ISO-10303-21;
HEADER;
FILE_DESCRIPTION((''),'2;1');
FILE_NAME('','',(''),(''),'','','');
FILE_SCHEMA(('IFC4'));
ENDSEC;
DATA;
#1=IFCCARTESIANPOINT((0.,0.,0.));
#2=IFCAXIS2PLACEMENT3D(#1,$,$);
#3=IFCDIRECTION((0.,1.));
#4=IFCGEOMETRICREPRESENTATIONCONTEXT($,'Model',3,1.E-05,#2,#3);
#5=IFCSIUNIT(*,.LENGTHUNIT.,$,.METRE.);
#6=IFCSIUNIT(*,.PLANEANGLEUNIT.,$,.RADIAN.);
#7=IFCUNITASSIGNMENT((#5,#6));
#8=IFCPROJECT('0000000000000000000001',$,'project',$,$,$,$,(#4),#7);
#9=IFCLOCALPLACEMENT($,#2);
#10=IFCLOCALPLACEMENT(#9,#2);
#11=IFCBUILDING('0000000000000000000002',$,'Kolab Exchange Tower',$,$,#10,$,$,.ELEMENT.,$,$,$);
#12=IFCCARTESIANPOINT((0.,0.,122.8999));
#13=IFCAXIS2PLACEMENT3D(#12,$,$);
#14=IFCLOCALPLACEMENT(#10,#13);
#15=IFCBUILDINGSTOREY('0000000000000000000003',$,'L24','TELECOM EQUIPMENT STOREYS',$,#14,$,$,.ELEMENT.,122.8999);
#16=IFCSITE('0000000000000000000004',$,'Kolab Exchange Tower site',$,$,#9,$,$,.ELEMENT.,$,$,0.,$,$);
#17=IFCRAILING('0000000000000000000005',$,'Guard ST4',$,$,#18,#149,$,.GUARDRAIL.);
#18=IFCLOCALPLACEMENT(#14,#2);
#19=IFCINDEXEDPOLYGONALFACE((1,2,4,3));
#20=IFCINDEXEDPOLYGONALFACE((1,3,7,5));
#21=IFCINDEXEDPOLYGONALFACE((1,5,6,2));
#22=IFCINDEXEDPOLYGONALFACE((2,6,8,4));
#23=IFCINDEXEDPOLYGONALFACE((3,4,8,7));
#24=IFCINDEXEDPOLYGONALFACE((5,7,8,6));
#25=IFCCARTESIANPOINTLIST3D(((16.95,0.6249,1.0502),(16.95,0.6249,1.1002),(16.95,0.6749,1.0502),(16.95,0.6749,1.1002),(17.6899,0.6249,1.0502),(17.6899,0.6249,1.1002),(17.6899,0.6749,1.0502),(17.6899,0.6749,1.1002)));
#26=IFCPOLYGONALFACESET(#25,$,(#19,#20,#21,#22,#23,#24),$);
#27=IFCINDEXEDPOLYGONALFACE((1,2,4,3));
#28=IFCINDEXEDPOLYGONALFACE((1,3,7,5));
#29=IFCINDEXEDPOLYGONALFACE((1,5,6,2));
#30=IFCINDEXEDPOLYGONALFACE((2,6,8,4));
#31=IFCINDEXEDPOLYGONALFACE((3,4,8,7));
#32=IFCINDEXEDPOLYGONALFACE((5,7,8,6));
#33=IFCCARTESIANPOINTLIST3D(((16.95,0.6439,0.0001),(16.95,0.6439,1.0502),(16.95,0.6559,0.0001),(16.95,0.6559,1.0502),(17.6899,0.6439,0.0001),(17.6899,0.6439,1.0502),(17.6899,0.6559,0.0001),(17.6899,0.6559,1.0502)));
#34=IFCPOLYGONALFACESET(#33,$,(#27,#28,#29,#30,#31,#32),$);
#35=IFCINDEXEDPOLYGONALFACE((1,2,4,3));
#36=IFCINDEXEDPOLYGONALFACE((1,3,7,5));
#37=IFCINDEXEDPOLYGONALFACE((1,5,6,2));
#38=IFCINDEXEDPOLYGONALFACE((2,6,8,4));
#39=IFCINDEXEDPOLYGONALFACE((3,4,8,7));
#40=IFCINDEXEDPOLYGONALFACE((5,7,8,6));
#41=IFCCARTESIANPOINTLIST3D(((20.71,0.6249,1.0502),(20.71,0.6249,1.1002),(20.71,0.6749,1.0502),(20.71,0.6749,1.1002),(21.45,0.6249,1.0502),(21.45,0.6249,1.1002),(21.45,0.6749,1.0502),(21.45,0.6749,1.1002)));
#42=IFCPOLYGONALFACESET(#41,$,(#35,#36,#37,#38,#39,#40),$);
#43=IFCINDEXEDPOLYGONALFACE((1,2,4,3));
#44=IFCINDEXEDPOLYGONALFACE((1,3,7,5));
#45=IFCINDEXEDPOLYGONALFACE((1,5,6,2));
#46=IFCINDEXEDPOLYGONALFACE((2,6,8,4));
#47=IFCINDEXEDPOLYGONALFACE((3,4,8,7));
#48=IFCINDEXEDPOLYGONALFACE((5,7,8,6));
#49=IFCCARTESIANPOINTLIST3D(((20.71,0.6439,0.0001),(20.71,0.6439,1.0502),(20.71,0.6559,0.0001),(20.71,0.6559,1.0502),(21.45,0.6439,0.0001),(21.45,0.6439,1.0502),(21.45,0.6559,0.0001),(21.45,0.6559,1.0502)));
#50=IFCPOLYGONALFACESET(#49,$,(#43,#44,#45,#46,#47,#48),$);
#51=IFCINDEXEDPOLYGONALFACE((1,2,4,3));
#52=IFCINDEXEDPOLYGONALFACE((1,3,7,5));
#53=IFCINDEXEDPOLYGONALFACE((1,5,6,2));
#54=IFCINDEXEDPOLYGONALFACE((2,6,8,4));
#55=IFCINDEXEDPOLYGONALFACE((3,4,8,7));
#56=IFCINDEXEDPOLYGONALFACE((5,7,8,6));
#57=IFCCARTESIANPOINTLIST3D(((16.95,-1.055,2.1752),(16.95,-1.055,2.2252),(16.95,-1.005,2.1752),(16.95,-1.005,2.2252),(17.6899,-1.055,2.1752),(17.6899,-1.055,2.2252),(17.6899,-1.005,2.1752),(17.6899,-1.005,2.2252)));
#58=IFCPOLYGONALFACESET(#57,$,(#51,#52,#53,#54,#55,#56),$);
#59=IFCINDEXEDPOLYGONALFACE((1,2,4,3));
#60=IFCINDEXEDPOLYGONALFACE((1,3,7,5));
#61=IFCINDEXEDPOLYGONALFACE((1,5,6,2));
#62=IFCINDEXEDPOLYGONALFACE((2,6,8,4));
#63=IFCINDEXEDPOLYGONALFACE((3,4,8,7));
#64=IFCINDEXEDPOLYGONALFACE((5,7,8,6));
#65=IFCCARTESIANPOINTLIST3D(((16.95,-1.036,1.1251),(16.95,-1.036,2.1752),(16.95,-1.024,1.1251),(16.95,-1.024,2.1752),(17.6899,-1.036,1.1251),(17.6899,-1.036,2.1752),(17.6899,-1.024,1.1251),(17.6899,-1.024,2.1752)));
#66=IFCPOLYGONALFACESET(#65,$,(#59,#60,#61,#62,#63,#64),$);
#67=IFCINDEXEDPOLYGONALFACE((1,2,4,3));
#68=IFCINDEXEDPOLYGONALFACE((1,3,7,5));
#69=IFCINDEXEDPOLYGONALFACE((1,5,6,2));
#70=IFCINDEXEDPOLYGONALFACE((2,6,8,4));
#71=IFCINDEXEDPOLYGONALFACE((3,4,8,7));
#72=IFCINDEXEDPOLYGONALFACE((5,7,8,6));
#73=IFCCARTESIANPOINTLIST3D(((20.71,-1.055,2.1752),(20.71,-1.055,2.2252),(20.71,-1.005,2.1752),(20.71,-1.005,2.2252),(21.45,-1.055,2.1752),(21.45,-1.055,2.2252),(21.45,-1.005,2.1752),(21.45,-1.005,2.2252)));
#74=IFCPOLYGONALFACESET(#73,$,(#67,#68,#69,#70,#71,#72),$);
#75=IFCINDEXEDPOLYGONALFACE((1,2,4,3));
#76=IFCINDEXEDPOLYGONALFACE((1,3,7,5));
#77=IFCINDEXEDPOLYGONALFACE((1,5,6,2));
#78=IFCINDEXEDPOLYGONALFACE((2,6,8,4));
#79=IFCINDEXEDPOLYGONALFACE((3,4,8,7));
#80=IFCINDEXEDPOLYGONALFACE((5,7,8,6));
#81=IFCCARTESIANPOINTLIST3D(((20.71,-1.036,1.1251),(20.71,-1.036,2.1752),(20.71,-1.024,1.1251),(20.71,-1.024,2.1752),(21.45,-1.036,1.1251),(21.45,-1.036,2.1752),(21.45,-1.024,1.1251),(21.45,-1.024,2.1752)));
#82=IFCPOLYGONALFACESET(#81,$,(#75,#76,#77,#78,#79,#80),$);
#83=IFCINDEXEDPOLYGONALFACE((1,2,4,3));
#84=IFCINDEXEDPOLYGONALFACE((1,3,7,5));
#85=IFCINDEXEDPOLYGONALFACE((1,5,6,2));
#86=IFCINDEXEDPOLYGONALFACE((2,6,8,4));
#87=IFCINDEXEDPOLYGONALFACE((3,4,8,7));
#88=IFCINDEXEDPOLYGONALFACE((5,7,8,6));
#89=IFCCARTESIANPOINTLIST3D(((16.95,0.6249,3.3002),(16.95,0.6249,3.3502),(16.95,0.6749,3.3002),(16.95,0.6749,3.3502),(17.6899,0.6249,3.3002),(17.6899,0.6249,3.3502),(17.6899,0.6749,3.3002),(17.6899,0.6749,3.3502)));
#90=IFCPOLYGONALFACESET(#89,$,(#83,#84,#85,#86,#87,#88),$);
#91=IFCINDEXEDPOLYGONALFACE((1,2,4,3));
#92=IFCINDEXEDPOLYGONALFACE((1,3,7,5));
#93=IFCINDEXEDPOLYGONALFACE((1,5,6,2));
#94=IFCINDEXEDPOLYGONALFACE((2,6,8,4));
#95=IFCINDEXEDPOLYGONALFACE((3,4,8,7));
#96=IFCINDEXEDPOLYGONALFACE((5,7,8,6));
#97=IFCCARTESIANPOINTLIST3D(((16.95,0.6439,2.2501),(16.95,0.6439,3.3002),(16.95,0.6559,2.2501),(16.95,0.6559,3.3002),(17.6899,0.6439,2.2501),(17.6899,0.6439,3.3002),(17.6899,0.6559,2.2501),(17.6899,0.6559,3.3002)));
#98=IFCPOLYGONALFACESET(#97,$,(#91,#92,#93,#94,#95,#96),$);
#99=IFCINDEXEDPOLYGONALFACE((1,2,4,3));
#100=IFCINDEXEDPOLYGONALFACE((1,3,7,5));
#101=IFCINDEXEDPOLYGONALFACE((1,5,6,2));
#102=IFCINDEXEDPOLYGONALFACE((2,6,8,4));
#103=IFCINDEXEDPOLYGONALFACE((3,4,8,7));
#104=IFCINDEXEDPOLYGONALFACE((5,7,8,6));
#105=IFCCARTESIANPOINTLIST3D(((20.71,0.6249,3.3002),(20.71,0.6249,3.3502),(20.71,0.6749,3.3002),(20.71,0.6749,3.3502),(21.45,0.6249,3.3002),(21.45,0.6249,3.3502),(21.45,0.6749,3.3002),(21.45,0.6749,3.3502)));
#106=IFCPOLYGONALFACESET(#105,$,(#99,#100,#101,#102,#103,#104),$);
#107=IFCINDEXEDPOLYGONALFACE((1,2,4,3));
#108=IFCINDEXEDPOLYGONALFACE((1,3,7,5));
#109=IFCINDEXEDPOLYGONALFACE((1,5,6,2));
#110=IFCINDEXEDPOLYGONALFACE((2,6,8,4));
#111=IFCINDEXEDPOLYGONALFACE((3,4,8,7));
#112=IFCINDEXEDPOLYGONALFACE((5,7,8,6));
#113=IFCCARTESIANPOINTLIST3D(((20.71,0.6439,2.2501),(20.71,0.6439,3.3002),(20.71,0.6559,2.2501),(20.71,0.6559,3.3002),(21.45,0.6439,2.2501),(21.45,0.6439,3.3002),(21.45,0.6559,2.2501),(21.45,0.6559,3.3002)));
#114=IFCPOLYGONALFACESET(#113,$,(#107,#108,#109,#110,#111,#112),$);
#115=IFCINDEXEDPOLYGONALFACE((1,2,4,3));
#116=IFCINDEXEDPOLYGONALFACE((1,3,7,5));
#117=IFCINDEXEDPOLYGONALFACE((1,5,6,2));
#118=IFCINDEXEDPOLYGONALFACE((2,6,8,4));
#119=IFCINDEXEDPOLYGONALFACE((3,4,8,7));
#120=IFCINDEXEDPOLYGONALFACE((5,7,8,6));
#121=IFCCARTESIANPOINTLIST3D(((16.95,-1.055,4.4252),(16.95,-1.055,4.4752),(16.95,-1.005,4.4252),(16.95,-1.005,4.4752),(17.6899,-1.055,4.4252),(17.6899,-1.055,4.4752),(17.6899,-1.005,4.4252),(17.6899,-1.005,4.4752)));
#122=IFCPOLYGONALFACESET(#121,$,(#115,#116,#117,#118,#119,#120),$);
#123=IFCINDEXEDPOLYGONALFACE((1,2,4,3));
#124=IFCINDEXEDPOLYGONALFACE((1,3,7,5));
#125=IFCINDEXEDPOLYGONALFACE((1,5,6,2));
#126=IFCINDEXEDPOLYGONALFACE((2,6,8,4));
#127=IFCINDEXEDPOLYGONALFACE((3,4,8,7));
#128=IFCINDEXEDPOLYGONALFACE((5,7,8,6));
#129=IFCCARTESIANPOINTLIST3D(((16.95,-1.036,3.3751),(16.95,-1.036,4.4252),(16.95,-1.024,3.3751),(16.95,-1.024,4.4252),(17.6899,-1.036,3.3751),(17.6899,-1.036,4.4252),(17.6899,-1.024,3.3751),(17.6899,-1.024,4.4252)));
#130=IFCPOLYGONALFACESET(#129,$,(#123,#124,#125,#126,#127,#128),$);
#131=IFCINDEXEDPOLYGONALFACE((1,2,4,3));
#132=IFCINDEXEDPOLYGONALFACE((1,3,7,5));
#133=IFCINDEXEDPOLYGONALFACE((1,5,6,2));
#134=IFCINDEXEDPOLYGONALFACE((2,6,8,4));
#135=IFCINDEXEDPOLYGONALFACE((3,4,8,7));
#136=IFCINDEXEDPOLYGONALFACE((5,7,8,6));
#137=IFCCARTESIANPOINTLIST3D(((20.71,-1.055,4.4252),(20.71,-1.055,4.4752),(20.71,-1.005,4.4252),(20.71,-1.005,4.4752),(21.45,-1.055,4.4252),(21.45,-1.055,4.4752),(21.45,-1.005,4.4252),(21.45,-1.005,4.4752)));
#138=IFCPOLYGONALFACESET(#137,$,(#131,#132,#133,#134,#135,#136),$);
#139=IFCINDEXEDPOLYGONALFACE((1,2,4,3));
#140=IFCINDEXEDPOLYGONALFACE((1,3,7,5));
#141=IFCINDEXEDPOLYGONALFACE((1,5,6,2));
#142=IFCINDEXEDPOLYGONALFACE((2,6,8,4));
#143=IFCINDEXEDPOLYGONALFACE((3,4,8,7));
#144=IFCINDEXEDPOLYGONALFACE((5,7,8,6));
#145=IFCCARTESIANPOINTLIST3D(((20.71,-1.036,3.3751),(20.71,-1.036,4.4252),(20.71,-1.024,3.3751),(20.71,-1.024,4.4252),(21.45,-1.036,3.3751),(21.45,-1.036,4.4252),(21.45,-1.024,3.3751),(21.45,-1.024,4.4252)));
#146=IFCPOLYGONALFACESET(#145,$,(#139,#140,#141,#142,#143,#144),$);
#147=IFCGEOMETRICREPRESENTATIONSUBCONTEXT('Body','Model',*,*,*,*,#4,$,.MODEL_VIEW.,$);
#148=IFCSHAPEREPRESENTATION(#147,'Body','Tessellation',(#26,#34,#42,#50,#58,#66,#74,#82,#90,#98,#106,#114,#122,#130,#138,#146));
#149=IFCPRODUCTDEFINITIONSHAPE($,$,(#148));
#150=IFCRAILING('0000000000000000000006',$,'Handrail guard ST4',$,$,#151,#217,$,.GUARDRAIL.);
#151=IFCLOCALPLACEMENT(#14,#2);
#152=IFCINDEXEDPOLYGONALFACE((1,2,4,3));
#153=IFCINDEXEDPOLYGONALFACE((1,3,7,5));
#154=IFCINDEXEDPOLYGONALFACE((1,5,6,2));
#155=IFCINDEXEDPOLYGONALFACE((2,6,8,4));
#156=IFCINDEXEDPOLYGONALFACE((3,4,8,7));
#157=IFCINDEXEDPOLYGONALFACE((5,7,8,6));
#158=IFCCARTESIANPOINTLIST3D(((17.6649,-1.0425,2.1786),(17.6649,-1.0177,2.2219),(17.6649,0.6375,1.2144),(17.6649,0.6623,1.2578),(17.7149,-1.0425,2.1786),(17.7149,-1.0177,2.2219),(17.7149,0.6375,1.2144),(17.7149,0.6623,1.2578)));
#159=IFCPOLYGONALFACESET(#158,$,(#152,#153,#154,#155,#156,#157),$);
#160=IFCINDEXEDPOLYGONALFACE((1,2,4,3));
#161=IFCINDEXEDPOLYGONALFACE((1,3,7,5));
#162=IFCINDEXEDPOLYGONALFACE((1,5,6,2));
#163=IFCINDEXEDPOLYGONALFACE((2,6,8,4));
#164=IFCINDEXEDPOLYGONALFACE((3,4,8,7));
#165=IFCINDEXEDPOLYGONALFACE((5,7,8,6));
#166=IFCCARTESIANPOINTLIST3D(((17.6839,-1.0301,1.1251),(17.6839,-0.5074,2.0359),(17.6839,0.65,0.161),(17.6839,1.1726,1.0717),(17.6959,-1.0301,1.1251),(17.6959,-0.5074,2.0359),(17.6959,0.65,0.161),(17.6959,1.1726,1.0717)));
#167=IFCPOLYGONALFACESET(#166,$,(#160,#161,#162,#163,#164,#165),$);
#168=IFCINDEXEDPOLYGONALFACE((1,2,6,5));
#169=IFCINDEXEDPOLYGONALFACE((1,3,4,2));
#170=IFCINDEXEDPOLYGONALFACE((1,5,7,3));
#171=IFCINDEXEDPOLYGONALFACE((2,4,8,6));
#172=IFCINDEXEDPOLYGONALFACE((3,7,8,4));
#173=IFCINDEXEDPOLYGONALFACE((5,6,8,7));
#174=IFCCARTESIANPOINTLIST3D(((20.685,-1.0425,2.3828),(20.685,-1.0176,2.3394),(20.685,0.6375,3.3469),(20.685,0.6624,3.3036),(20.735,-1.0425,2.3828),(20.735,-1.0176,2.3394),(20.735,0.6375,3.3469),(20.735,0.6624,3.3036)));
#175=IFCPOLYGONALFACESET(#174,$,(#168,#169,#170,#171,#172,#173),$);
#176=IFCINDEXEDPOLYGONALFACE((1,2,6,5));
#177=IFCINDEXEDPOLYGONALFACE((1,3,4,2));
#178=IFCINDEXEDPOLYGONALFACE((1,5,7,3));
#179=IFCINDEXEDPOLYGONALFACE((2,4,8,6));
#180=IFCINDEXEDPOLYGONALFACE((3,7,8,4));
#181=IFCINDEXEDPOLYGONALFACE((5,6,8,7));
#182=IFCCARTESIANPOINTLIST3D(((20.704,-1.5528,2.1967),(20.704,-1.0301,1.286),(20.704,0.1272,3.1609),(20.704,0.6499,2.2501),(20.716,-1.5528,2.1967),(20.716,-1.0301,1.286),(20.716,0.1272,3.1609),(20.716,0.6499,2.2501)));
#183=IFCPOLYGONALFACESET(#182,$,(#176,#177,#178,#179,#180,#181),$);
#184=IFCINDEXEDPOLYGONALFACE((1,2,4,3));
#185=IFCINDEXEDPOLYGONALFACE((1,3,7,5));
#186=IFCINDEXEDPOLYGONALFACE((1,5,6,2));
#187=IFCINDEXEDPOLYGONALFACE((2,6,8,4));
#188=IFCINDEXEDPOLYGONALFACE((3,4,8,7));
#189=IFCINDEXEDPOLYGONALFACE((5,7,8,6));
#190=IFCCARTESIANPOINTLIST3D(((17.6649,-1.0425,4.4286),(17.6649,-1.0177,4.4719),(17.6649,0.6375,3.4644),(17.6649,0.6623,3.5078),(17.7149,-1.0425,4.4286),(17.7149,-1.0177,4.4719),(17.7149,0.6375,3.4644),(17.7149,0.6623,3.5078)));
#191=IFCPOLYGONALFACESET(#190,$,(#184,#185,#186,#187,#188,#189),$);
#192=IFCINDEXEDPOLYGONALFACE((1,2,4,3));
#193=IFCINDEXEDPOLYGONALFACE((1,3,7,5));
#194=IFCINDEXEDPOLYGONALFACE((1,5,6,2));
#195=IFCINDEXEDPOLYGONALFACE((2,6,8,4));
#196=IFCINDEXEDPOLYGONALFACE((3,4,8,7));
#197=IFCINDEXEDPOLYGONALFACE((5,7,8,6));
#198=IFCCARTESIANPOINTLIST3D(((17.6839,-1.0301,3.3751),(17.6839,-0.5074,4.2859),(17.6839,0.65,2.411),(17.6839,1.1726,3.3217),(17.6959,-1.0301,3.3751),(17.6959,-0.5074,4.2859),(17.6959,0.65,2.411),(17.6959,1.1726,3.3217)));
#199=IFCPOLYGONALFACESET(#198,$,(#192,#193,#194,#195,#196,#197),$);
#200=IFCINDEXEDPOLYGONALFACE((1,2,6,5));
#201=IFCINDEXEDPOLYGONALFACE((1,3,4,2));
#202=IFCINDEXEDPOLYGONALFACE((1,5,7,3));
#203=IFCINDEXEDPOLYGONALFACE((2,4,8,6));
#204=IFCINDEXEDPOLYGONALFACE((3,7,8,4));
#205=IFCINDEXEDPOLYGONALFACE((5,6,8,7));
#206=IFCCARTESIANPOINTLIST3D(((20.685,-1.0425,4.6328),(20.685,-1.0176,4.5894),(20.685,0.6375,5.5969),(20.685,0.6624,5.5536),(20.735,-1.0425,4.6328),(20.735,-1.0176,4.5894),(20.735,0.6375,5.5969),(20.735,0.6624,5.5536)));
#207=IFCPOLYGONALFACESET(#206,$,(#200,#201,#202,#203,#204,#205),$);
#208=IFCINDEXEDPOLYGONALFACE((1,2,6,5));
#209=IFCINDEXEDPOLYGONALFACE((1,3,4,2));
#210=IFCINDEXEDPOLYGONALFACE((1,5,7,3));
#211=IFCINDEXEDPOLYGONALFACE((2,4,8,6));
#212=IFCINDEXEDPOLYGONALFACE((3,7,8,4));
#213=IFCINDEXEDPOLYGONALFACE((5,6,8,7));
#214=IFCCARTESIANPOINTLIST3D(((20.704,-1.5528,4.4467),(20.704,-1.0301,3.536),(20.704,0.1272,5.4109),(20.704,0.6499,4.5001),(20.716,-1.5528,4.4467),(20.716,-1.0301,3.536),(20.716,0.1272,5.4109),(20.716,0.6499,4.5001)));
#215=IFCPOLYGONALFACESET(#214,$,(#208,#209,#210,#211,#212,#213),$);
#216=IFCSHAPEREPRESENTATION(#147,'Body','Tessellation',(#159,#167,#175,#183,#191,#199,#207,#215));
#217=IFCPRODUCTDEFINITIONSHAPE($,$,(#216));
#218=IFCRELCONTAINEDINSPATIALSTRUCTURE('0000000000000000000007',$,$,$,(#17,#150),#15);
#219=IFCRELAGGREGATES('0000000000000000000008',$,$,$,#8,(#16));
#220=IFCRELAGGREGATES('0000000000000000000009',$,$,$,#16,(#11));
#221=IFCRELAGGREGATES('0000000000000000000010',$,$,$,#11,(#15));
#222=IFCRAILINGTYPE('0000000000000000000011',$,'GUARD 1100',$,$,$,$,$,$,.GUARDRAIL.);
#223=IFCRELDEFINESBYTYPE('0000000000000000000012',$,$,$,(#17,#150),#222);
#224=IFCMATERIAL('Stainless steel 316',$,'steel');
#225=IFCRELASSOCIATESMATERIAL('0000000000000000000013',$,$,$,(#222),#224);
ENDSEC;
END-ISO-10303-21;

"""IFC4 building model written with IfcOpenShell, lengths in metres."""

from ifc_helpers import new_model, si_unit, direction, frame, frame_2d, origin, origin_2d, place, context, subcontext, project, spatial, rectangle, extrude, material, type_object, element, save


model = new_model("IFC4")

# Units and contexts
model_context = context("Model", 3, precision=1e-05, world=origin(), true_north=direction((0.0, 1.0)))
body_context = subcontext(model_context, "Body", "Model", "MODEL_VIEW")
ifc_project = project(units=[si_unit("LENGTHUNIT", "METRE"), si_unit("PLANEANGLEUNIT", "RADIAN")], contexts=[model_context])

# Site, building, storey
site_placement = place(None, origin())
site = spatial("IfcSite", under=ifc_project, at=site_placement, Name="Kolab Exchange Tower site", CompositionType="ELEMENT", RefElevation=0.0)
building_placement = place(site_placement, origin())
building = spatial("IfcBuilding", under=site, at=building_placement, Name="Kolab Exchange Tower", CompositionType="ELEMENT")
storey_placement = place(building_placement, frame((0.0, 0.0, 122.8999)))
storey = spatial("IfcBuildingStorey", under=building, at=storey_placement, Name="L24", Description="TELECOM EQUIPMENT STOREYS", CompositionType="ELEMENT", Elevation=122.8999)

# Railings
ifc_material_1 = material(Name="Stainless steel 316", Category="steel")
railing_type = type_object("IfcRailingType", Name="GUARD 1100", PredefinedType="GUARDRAIL", material=ifc_material_1)
railing_1_placement = place(storey_placement, frame((16.95, 0.6499, 0.0)))
element("IfcRailing", 1, at=railing_1_placement, inside=storey, type_object=railing_type, Name="Guard ST4", PredefinedType="GUARDRAIL", context=body_context, shape_type="SweptSolid", body=[
    extrude(rectangle(XDim=0.05, YDim=0.05, at=origin_2d()), frame((0.0, 0.0, 1.0752), z_axis=(1.0, 0.0, 0.0), x_axis=(0.0, 1.0, 0.0)), (0.0, 0.0, 1.0), 0.74),
    extrude(rectangle(XDim=0.012, YDim=1.0501, at=frame_2d((0.0, 0.5251))), frame((0.0, 0.0, 0.0), z_axis=(1.0, 0.0, 0.0), x_axis=(0.0, 1.0, 0.0)), (0.0, 0.0, 1.0), 0.74),
    extrude(rectangle(XDim=0.05, YDim=0.05, at=origin_2d()), frame((3.76, 0.0, 1.0752), z_axis=(1.0, 0.0, 0.0), x_axis=(0.0, 1.0, 0.0)), (0.0, 0.0, 1.0), 0.74),
    extrude(rectangle(XDim=0.012, YDim=1.0501, at=frame_2d((0.0, 0.5251))), frame((3.76, 0.0, 0.0), z_axis=(1.0, 0.0, 0.0), x_axis=(0.0, 1.0, 0.0)), (0.0, 0.0, 1.0), 0.74),
    extrude(rectangle(XDim=0.05, YDim=0.05, at=origin_2d()), frame((0.0, -1.6799, 2.2002), z_axis=(1.0, 0.0, 0.0), x_axis=(0.0, 1.0, 0.0)), (0.0, 0.0, 1.0), 0.74),
    extrude(rectangle(XDim=0.012, YDim=1.0501, at=frame_2d((0.0, 0.5251))), frame((0.0, -1.6799, 1.125), z_axis=(1.0, 0.0, 0.0), x_axis=(0.0, 1.0, 0.0)), (0.0, 0.0, 1.0), 0.74),
    extrude(rectangle(XDim=0.05, YDim=0.05, at=origin_2d()), frame((3.76, -1.6799, 2.2002), z_axis=(1.0, 0.0, 0.0), x_axis=(0.0, 1.0, 0.0)), (0.0, 0.0, 1.0), 0.74),
    extrude(rectangle(XDim=0.012, YDim=1.0501, at=frame_2d((0.0, 0.5251))), frame((3.76, -1.6799, 1.125), z_axis=(1.0, 0.0, 0.0), x_axis=(0.0, 1.0, 0.0)), (0.0, 0.0, 1.0), 0.74),
    extrude(rectangle(XDim=0.05, YDim=0.05, at=origin_2d()), frame((0.0, 0.0, 3.3252), z_axis=(1.0, 0.0, 0.0), x_axis=(0.0, 1.0, 0.0)), (0.0, 0.0, 1.0), 0.74),
    extrude(rectangle(XDim=0.012, YDim=1.0501, at=frame_2d((0.0, 0.5251))), frame((0.0, 0.0, 2.25), z_axis=(1.0, 0.0, 0.0), x_axis=(0.0, 1.0, 0.0)), (0.0, 0.0, 1.0), 0.74),
    extrude(rectangle(XDim=0.05, YDim=0.05, at=origin_2d()), frame((3.76, 0.0, 3.3252), z_axis=(1.0, 0.0, 0.0), x_axis=(0.0, 1.0, 0.0)), (0.0, 0.0, 1.0), 0.74),
    extrude(rectangle(XDim=0.012, YDim=1.0501, at=frame_2d((0.0, 0.5251))), frame((3.76, 0.0, 2.25), z_axis=(1.0, 0.0, 0.0), x_axis=(0.0, 1.0, 0.0)), (0.0, 0.0, 1.0), 0.74),
    extrude(rectangle(XDim=0.05, YDim=0.05, at=origin_2d()), frame((0.0, -1.6799, 4.4502), z_axis=(1.0, 0.0, 0.0), x_axis=(0.0, 1.0, 0.0)), (0.0, 0.0, 1.0), 0.74),
    extrude(rectangle(XDim=0.012, YDim=1.0501, at=frame_2d((0.0, 0.5251))), frame((0.0, -1.6799, 3.375), z_axis=(1.0, 0.0, 0.0), x_axis=(0.0, 1.0, 0.0)), (0.0, 0.0, 1.0), 0.74),
    extrude(rectangle(XDim=0.05, YDim=0.05, at=origin_2d()), frame((3.76, -1.6799, 4.4502), z_axis=(1.0, 0.0, 0.0), x_axis=(0.0, 1.0, 0.0)), (0.0, 0.0, 1.0), 0.74),
    extrude(rectangle(XDim=0.012, YDim=1.0501, at=frame_2d((0.0, 0.5251))), frame((3.76, -1.6799, 3.375), z_axis=(1.0, 0.0, 0.0), x_axis=(0.0, 1.0, 0.0)), (0.0, 0.0, 1.0), 0.74),
])
railing_2_placement = place(storey_placement, frame((17.6899, 0.6499, 0.1609)))
element("IfcRailing", 2, at=railing_2_placement, inside=storey, type_object=railing_type, Name="Handrail guard ST4", PredefinedType="GUARDRAIL", context=body_context, shape_type="SweptSolid", body=[
    extrude(rectangle(XDim=0.05, YDim=0.05, at=origin_2d()), frame((0.0, 0.0, 1.0752), z_axis=(0.0, -0.867319, 0.497753), x_axis=(1.0, 0.0, 0.0)), (0.0, 0.0, 1.0), 1.937),
    extrude(rectangle(XDim=0.012, YDim=1.0501, at=frame_2d((0.0, 0.5251))), frame((0.0, 0.0, 0.0), z_axis=(0.0, -0.867319, 0.497753), x_axis=(1.0, 0.0, 0.0)), (0.0, 0.0, 1.0), 1.937),
    extrude(rectangle(XDim=0.05, YDim=0.05, at=origin_2d()), frame((3.02, -1.6799, 2.2002), z_axis=(0.0, 0.867319, 0.497753), x_axis=(-1.0, 0.0, 0.0)), (0.0, 0.0, 1.0), 1.937),
    extrude(rectangle(XDim=0.012, YDim=1.0501, at=frame_2d((0.0, 0.5251))), frame((3.02, -1.6799, 1.125), z_axis=(0.0, 0.867319, 0.497753), x_axis=(-1.0, 0.0, 0.0)), (0.0, 0.0, 1.0), 1.937),
    extrude(rectangle(XDim=0.05, YDim=0.05, at=origin_2d()), frame((0.0, 0.0, 3.3252), z_axis=(0.0, -0.867319, 0.497753), x_axis=(1.0, 0.0, 0.0)), (0.0, 0.0, 1.0), 1.937),
    extrude(rectangle(XDim=0.012, YDim=1.0501, at=frame_2d((0.0, 0.5251))), frame((0.0, 0.0, 2.25), z_axis=(0.0, -0.867319, 0.497753), x_axis=(1.0, 0.0, 0.0)), (0.0, 0.0, 1.0), 1.937),
    extrude(rectangle(XDim=0.05, YDim=0.05, at=origin_2d()), frame((3.02, -1.6799, 4.4502), z_axis=(0.0, 0.867319, 0.497753), x_axis=(-1.0, 0.0, 0.0)), (0.0, 0.0, 1.0), 1.937),
    extrude(rectangle(XDim=0.012, YDim=1.0501, at=frame_2d((0.0, 0.5251))), frame((3.02, -1.6799, 3.375), z_axis=(0.0, 0.867319, 0.497753), x_axis=(-1.0, 0.0, 0.0)), (0.0, 0.0, 1.0), 1.937),
])

save(model, "model.ifc")
